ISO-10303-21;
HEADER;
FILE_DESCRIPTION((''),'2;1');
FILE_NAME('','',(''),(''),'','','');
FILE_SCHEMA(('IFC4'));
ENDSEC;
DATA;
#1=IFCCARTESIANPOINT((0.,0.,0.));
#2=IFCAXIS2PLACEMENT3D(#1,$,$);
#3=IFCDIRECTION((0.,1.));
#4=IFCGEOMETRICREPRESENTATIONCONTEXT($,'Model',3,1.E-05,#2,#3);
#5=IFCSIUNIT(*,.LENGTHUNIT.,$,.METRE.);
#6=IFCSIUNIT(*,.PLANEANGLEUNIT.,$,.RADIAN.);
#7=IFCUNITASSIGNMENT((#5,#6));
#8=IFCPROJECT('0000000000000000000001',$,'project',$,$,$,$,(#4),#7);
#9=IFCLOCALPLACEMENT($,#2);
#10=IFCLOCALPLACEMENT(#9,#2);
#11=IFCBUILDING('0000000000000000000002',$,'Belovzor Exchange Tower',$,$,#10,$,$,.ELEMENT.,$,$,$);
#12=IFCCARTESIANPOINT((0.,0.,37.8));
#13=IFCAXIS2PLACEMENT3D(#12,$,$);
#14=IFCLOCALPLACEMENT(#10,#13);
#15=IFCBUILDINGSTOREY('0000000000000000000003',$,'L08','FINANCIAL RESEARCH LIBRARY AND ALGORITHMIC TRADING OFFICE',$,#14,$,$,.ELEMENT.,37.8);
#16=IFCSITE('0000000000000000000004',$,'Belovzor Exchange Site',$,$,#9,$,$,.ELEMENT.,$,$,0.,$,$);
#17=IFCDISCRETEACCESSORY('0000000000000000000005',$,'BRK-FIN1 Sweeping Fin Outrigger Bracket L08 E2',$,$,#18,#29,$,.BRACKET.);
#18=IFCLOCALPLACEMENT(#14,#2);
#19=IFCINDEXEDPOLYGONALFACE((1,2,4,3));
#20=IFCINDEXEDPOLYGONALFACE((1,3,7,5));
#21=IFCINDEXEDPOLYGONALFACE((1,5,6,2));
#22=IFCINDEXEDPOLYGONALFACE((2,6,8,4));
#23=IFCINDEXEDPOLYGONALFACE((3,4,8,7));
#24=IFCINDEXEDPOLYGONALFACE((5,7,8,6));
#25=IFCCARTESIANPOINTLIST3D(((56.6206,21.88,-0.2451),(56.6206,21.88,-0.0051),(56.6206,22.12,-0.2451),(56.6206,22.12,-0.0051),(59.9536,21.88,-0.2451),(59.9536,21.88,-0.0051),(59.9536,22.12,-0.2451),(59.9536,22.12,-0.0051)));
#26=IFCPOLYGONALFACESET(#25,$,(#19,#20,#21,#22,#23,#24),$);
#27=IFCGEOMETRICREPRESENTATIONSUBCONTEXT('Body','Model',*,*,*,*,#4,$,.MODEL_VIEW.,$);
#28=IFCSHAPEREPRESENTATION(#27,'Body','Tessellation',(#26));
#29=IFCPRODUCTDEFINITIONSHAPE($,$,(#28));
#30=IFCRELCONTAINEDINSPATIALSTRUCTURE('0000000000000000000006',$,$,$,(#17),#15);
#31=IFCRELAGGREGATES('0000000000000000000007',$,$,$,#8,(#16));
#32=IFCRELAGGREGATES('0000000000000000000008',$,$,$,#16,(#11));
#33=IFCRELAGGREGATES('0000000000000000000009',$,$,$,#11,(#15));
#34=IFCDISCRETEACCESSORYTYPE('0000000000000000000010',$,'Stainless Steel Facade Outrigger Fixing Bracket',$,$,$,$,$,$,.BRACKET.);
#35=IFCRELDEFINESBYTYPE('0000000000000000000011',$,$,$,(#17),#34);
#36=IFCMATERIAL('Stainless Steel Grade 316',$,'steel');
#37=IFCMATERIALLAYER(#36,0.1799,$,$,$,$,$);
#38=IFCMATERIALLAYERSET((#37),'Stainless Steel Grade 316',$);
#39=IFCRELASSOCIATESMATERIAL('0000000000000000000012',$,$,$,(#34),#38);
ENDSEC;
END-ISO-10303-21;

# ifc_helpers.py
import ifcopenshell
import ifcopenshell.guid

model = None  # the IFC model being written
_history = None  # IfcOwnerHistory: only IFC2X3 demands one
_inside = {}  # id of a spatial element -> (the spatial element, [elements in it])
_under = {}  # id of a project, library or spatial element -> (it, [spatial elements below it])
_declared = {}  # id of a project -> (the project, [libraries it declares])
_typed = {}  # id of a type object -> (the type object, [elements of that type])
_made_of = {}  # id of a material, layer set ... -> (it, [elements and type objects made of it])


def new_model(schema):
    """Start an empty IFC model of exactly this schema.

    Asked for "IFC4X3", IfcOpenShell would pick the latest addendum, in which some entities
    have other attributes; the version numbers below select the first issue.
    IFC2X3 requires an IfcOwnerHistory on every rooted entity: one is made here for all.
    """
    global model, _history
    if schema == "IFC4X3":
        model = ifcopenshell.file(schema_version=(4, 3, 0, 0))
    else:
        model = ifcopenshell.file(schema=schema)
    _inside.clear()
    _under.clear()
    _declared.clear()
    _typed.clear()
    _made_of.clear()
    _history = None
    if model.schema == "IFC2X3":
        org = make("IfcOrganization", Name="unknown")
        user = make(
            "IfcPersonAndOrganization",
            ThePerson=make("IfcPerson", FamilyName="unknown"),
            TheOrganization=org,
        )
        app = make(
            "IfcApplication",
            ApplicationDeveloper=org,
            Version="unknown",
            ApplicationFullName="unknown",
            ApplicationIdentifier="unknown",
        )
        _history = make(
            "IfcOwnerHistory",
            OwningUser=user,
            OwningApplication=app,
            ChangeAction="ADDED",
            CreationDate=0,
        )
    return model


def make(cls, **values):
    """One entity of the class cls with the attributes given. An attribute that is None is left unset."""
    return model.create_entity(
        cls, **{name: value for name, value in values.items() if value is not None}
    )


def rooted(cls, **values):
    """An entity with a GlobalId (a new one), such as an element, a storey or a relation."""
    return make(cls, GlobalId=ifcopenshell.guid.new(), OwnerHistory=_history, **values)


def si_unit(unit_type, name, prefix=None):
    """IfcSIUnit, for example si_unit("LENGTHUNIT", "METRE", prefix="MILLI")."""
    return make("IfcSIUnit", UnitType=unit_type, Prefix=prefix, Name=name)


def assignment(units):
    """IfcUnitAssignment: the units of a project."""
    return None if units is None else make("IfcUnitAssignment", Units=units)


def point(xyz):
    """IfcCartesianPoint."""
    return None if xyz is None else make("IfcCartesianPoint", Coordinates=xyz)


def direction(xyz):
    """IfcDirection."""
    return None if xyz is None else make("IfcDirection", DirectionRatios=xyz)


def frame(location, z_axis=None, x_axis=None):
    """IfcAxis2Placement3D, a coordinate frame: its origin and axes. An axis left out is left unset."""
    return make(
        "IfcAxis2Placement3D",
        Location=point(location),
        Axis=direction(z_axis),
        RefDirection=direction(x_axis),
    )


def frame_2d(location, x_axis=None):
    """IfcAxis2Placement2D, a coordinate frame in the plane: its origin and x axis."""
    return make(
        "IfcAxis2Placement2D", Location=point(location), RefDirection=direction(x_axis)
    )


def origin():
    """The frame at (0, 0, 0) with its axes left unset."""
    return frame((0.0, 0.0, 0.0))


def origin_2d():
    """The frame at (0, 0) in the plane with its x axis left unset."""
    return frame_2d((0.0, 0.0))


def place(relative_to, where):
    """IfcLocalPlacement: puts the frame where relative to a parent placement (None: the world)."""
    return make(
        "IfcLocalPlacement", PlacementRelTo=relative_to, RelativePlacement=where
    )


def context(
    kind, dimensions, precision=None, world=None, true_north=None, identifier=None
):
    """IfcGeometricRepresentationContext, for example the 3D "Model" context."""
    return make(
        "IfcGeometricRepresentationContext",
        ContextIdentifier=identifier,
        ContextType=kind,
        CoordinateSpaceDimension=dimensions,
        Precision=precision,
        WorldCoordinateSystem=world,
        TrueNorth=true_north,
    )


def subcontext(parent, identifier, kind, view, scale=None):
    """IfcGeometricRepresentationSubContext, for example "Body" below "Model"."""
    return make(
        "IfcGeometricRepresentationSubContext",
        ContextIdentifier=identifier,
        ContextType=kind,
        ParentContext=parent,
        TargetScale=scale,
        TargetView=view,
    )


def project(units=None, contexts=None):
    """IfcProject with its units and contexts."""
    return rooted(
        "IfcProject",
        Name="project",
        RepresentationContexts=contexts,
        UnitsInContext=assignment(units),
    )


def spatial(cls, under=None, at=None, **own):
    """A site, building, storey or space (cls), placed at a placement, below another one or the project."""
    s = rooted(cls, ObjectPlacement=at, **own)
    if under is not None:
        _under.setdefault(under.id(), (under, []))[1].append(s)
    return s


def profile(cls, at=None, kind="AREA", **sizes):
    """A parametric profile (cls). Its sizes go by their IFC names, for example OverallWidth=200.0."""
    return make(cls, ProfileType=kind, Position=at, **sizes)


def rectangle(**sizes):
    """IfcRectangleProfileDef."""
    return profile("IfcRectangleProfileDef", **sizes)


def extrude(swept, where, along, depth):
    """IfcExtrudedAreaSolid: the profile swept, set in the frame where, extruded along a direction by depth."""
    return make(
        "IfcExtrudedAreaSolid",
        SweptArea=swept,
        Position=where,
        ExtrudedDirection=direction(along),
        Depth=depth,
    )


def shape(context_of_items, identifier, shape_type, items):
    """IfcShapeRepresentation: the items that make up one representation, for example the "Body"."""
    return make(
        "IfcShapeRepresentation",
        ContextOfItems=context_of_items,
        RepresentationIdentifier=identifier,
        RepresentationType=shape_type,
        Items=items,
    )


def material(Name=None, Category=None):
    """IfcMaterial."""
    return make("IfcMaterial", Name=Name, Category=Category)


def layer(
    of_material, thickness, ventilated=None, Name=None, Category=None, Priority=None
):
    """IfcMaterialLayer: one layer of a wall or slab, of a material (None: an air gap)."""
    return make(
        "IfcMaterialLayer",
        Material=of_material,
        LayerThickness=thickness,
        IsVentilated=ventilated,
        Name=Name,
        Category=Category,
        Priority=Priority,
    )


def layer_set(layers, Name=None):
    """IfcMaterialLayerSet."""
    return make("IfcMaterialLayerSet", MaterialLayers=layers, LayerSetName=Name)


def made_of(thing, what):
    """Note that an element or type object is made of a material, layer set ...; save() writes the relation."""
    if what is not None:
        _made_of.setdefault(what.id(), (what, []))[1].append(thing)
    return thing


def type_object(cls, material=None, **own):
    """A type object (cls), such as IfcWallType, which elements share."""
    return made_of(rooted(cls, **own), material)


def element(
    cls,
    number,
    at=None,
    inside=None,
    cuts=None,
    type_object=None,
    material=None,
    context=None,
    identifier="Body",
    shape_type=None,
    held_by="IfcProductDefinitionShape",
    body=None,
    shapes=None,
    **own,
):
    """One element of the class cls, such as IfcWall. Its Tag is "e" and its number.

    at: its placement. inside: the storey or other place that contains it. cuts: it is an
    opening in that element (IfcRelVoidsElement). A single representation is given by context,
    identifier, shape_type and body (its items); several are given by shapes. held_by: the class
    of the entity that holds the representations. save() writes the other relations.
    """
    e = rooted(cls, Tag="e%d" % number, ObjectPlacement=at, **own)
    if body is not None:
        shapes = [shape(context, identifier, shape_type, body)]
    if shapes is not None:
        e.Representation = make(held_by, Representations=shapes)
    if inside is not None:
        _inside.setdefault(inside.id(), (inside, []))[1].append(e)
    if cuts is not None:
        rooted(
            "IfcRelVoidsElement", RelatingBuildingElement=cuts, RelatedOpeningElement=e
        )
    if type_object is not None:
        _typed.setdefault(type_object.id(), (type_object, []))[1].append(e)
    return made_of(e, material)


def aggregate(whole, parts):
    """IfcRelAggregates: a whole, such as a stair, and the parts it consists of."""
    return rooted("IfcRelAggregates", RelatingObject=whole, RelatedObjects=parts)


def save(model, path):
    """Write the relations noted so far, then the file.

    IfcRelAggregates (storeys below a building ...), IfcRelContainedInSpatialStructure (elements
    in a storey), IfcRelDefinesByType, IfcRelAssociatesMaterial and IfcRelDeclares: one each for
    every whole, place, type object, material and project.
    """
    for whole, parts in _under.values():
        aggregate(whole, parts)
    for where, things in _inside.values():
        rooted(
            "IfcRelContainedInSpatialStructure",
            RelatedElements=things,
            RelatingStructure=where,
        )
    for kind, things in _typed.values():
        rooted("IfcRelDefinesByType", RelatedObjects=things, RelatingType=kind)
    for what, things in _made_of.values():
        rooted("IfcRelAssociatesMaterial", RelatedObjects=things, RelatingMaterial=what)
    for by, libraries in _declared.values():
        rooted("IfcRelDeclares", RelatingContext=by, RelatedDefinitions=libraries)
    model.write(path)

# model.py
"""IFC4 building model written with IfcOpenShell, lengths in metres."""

from ifc_helpers import new_model, si_unit, direction, frame, origin, origin_2d, place, context, subcontext, project, spatial, rectangle, extrude, material, layer, layer_set, type_object, element, save


model = new_model("IFC4")

# Units and contexts
model_context = context("Model", 3, precision=1e-05, world=origin(), true_north=direction((0.0, 1.0)))
body_context = subcontext(model_context, "Body", "Model", "MODEL_VIEW")
ifc_project = project(units=[si_unit("LENGTHUNIT", "METRE"), si_unit("PLANEANGLEUNIT", "RADIAN")], contexts=[model_context])

# Site, building, storey
site_placement = place(None, origin())
site = spatial("IfcSite", under=ifc_project, at=site_placement, Name="Belovzor Exchange Site", CompositionType="ELEMENT", RefElevation=0.0)
building_placement = place(site_placement, origin())
building = spatial("IfcBuilding", under=site, at=building_placement, Name="Belovzor Exchange Tower", CompositionType="ELEMENT")
storey_placement = place(building_placement, frame((0.0, 0.0, 37.8)))
storey = spatial("IfcBuildingStorey", under=building, at=storey_placement, Name="L08", Description="FINANCIAL RESEARCH LIBRARY AND ALGORITHMIC TRADING OFFICE", CompositionType="ELEMENT", Elevation=37.8)

# Discrete accessory
ifc_material_1 = material(Name="Stainless Steel Grade 316", Category="steel")
ifc_layer_1 = layer(ifc_material_1, 0.1799)
ifc_layer_set_1 = layer_set([ifc_layer_1], Name="Stainless Steel Grade 316")
discrete_accessory_type = type_object("IfcDiscreteAccessoryType", Name="Stainless Steel Facade Outrigger Fixing Bracket", PredefinedType="BRACKET", material=ifc_layer_set_1)
discrete_accessory_placement = place(storey_placement, frame((58.2871, 22.0, -0.2451), z_axis=(0.0, 0.0, 1.0), x_axis=(1.0, 0.0, 0.0)))
element("IfcDiscreteAccessory", 1, at=discrete_accessory_placement, inside=storey, type_object=discrete_accessory_type, Name="BRK-FIN1 Sweeping Fin Outrigger Bracket L08 E2", PredefinedType="BRACKET", context=body_context, shape_type="SweptSolid", body=[
    extrude(rectangle(XDim=3.333, YDim=0.24, at=origin_2d()), origin(), (0.0, 0.0, 1.0), 0.24),
])

save(model, "model.ifc")
